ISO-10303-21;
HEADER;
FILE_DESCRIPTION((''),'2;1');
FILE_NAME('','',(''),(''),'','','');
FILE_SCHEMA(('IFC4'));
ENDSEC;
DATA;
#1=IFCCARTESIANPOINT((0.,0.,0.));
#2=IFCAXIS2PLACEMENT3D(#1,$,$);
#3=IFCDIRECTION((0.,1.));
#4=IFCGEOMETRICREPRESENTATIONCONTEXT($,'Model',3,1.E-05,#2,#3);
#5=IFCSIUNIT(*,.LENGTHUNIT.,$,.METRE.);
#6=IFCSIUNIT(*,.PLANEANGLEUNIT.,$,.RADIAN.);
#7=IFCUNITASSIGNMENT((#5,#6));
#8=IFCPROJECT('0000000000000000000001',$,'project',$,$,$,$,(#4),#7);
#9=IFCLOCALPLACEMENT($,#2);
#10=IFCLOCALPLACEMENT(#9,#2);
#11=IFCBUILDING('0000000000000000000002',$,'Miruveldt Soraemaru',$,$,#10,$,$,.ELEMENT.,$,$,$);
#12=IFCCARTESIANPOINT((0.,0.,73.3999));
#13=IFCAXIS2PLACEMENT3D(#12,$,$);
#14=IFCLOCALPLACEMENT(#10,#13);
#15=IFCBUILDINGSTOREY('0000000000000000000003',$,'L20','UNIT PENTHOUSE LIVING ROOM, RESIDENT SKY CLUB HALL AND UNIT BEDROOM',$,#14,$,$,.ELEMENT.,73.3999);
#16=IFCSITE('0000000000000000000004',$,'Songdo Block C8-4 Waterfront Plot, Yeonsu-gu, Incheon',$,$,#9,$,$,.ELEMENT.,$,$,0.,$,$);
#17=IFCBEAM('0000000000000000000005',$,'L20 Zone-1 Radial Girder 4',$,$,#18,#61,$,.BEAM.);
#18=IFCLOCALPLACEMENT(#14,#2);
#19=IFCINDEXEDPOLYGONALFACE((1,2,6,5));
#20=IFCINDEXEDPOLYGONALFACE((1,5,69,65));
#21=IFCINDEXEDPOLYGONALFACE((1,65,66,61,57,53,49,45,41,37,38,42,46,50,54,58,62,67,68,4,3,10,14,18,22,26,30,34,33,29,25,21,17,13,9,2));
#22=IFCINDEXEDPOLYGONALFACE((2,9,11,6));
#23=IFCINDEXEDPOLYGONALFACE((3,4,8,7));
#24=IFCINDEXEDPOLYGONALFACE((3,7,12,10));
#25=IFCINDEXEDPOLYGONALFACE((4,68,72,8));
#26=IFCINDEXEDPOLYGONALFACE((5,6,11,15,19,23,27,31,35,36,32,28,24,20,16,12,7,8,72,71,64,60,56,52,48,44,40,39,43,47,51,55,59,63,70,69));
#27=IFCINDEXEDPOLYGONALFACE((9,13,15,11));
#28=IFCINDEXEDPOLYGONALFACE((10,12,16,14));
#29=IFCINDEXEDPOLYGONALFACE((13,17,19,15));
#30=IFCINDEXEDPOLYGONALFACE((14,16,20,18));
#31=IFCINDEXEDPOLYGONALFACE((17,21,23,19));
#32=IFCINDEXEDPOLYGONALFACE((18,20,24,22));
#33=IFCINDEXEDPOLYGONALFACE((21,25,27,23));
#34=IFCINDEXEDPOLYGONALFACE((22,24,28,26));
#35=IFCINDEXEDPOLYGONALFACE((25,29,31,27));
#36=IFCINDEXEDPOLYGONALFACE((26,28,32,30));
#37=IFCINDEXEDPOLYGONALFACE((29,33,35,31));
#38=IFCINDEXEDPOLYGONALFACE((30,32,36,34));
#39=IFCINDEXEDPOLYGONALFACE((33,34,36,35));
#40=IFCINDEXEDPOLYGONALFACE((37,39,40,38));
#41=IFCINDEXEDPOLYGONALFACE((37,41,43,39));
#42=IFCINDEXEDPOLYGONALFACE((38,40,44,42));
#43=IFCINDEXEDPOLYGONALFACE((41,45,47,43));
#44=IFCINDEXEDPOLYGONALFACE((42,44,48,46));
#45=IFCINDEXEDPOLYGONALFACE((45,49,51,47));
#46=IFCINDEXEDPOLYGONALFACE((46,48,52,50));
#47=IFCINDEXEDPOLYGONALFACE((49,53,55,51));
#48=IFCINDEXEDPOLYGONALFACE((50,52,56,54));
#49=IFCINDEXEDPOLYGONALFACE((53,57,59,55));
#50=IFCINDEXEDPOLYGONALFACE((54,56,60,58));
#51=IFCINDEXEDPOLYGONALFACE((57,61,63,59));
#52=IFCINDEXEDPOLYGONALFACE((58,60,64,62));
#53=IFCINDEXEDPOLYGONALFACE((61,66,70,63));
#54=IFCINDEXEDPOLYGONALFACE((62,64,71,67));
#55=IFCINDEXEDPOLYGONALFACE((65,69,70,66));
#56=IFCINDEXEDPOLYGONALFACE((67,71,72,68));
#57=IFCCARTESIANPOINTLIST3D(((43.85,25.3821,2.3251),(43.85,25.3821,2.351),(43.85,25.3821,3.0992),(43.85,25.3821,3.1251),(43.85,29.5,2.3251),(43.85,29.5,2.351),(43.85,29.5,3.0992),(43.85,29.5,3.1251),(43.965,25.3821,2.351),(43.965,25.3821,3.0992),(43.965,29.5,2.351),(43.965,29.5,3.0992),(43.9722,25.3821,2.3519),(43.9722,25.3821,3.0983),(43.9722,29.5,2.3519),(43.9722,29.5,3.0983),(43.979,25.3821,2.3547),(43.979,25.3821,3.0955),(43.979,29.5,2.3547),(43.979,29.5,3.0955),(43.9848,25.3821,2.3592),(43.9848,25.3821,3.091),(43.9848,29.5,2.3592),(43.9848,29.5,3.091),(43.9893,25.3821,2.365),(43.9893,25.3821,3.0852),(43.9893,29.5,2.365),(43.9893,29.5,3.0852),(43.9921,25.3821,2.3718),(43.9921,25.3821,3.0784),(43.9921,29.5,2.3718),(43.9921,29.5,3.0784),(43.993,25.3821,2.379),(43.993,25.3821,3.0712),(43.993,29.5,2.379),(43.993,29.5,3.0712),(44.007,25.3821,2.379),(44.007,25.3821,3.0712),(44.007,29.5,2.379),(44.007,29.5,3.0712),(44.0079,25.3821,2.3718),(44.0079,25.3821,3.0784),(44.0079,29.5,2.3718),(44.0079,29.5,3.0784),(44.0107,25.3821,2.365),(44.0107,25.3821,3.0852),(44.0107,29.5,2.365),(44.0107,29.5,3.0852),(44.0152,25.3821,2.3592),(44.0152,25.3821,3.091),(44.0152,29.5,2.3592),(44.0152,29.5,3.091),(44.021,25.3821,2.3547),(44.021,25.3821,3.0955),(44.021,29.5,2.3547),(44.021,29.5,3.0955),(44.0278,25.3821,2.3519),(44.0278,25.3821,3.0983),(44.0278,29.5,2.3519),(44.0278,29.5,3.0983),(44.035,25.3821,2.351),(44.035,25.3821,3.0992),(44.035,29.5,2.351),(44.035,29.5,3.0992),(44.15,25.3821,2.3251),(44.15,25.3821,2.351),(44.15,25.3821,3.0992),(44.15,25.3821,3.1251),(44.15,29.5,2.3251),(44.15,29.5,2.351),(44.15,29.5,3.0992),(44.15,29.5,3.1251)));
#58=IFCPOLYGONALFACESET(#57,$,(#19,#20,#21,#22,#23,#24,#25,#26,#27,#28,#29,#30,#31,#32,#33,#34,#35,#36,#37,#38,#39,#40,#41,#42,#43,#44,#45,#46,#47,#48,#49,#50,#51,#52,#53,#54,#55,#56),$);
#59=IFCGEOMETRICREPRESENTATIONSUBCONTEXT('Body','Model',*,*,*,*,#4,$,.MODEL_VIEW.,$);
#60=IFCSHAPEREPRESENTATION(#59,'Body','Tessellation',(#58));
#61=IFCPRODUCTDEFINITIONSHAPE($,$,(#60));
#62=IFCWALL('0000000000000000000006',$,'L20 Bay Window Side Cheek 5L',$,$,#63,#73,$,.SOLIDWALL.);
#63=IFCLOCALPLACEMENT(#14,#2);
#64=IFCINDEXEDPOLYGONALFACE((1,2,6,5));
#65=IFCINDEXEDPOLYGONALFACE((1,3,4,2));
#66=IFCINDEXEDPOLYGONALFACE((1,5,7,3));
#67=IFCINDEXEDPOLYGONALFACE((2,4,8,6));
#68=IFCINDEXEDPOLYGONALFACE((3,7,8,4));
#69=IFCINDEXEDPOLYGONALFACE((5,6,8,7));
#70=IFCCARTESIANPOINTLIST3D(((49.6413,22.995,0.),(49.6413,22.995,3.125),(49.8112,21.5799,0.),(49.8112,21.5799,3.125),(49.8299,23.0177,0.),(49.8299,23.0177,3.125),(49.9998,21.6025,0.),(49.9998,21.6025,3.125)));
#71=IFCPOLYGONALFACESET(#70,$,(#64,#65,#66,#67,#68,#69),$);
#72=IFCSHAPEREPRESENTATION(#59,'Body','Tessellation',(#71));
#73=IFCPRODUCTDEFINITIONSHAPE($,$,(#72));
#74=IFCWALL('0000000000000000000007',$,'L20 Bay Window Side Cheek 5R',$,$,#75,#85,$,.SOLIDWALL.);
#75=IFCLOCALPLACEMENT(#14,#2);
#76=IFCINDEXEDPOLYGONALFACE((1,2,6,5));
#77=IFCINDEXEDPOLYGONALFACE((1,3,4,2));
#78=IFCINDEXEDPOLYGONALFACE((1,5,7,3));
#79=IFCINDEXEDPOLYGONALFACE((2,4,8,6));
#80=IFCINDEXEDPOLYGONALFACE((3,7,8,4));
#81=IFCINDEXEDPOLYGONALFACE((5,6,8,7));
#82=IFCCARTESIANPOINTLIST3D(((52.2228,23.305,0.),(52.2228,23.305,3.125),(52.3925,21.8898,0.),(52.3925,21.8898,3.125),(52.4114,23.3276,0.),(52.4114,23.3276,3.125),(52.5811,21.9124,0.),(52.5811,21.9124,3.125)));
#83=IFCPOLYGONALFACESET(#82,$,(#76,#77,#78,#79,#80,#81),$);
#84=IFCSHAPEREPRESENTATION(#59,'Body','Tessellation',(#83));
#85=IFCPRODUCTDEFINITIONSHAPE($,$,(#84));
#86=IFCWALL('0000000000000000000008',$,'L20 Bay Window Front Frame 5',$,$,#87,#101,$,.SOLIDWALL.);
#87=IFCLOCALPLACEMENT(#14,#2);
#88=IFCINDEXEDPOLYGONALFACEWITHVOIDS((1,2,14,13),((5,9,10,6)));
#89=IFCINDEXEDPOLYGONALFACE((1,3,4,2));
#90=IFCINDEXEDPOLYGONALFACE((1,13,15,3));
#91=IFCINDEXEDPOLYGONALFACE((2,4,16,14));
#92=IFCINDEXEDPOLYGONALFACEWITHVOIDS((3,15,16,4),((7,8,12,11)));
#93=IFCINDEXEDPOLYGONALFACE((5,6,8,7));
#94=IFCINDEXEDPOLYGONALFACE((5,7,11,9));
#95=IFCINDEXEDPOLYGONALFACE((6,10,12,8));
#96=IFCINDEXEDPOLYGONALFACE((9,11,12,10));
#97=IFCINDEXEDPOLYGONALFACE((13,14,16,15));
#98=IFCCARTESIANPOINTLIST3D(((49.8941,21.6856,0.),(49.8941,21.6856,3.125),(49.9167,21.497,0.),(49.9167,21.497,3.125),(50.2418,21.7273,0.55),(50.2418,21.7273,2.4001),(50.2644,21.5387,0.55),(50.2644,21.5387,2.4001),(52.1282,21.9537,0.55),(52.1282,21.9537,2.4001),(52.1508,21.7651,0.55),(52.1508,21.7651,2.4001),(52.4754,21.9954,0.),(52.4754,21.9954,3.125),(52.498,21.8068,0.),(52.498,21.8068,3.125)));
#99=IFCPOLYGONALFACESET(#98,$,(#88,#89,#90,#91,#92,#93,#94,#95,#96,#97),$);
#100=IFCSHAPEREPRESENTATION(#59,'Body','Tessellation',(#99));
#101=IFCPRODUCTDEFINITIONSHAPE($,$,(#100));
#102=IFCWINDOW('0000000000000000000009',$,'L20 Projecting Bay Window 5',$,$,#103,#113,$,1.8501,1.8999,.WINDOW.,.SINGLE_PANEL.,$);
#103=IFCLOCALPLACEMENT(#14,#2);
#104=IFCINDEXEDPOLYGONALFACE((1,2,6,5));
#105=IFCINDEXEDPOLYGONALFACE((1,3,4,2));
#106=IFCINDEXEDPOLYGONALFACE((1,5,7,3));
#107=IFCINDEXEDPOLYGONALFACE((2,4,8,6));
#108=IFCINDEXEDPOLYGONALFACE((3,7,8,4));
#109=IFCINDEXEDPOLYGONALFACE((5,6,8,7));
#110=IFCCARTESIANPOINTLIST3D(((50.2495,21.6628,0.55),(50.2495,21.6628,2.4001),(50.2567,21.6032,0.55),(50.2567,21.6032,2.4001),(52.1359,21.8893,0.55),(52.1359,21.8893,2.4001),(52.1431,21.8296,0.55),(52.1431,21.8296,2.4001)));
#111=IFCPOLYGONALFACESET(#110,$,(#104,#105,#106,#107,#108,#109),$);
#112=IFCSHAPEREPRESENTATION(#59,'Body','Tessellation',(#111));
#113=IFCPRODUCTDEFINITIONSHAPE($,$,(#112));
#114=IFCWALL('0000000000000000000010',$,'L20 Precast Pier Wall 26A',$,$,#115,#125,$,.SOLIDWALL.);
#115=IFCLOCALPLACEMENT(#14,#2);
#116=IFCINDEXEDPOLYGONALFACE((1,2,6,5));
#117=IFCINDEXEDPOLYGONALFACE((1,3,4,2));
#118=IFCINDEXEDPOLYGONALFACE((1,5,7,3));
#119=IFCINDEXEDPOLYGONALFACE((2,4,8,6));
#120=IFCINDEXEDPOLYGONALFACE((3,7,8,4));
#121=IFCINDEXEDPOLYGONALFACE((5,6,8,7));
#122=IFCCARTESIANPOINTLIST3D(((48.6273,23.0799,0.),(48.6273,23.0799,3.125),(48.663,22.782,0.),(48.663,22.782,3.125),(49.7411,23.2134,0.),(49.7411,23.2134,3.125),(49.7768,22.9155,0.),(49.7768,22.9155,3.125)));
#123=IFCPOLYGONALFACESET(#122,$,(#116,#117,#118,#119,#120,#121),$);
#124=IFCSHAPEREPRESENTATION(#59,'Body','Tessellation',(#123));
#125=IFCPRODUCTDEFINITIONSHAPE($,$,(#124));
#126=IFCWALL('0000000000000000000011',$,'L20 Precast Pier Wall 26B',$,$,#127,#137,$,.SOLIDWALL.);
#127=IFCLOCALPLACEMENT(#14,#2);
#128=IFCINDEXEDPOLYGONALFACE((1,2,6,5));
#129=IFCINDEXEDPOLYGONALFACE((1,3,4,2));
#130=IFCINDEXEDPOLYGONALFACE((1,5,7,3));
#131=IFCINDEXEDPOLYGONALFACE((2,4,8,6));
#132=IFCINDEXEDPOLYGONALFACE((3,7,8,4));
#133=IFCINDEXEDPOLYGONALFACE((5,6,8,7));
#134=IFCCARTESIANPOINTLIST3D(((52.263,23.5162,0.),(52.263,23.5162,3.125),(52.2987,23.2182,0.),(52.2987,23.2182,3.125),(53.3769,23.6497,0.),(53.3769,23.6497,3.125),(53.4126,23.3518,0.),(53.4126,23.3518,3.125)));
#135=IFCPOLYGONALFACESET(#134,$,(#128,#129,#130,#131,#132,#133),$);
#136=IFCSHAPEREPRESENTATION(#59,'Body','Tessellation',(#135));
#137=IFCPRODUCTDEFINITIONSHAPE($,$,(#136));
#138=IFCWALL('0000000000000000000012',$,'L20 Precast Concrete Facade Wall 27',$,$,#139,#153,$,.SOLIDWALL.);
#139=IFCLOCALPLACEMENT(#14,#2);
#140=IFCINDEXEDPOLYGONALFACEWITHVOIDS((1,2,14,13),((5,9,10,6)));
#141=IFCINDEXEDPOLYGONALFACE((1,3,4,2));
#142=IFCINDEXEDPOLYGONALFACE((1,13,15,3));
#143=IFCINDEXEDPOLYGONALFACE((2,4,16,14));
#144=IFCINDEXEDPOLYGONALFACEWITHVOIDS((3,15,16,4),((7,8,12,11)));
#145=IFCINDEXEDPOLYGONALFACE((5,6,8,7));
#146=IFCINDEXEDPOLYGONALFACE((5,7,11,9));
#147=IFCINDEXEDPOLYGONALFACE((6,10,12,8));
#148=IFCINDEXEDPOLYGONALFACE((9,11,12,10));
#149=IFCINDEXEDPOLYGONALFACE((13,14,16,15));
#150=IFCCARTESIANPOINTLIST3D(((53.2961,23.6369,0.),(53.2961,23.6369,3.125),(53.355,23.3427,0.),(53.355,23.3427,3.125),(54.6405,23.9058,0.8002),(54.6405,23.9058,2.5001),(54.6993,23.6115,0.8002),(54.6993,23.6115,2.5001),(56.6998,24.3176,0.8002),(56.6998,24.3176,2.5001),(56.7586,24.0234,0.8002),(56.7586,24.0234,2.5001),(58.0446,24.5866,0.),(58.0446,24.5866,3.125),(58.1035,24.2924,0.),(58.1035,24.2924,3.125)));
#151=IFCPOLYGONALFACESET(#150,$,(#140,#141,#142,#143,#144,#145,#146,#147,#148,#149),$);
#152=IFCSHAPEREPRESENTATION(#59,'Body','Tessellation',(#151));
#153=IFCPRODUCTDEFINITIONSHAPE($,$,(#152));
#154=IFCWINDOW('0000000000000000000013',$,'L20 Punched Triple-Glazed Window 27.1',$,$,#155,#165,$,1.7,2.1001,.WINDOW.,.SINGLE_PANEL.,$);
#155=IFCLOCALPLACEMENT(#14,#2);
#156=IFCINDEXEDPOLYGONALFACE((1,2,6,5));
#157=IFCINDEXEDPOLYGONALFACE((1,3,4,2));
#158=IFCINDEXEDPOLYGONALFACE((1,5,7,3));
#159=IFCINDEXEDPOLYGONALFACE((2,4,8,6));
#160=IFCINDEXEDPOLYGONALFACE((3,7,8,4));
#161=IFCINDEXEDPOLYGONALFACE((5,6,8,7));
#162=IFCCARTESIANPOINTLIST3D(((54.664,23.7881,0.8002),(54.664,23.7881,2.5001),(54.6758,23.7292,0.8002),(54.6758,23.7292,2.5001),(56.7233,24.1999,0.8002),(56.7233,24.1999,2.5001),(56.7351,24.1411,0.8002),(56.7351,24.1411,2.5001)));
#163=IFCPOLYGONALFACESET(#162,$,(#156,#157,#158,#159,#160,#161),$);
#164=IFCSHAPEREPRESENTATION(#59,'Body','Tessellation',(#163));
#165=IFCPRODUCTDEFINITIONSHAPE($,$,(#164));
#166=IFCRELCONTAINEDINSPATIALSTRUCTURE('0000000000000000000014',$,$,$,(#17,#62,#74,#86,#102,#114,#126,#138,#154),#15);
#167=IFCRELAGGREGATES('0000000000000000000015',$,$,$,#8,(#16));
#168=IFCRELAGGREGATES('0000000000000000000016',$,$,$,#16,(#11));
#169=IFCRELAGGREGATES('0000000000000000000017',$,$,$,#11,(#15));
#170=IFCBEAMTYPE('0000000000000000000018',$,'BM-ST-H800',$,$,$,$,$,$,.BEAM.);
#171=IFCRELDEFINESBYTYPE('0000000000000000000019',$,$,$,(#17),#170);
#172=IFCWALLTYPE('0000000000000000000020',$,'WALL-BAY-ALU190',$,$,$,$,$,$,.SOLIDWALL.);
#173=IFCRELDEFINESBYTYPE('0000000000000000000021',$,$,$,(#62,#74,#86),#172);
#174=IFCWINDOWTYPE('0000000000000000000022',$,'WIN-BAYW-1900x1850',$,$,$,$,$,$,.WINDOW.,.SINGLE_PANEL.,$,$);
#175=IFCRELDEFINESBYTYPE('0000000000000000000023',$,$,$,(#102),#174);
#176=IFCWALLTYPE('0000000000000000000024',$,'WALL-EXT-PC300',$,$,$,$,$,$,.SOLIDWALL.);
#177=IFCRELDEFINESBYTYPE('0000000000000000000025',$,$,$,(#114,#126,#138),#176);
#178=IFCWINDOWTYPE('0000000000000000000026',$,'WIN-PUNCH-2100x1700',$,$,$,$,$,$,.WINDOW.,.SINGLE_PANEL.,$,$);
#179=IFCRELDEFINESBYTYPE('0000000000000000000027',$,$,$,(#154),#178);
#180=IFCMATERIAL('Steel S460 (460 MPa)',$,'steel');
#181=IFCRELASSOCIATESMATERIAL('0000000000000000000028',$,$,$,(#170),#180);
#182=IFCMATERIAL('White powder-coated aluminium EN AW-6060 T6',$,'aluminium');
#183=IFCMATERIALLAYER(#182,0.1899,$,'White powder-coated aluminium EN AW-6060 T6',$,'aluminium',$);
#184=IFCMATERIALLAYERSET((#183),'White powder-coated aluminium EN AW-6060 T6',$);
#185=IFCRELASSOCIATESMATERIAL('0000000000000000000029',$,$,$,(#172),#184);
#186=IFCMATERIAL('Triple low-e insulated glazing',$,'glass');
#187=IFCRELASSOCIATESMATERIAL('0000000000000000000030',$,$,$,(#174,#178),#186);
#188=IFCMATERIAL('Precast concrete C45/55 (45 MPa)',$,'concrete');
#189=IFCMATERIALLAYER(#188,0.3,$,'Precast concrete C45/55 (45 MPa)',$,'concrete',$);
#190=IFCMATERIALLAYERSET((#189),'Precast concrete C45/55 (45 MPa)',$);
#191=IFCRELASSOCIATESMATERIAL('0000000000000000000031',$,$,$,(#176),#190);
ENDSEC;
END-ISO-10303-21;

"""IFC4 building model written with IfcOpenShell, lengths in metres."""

from ifc_helpers import new_model, si_unit, direction, frame, frame_2d, origin, origin_2d, place, context, subcontext, project, spatial, rectangle, i_section, extrude, material, layer, layer_set, material_profile, profile_set, type_object, element, fill, save


model = new_model("IFC4")

# Units and contexts
model_context = context("Model", 3, precision=1e-05, world=origin(), true_north=direction((0.0, 1.0)))
body_context = subcontext(model_context, "Body", "Model", "MODEL_VIEW")
ifc_project = project(units=[si_unit("LENGTHUNIT", "METRE"), si_unit("PLANEANGLEUNIT", "RADIAN")], contexts=[model_context])

# Site, building, storey
site_placement = place(None, origin())
site = spatial("IfcSite", under=ifc_project, at=site_placement, Name="Songdo Block C8-4 Waterfront Plot, Yeonsu-gu, Incheon", CompositionType="ELEMENT", RefElevation=0.0)
building_placement = place(site_placement, origin())
building = spatial("IfcBuilding", under=site, at=building_placement, Name="Miruveldt Soraemaru", CompositionType="ELEMENT")
storey_placement = place(building_placement, frame((0.0, 0.0, 73.3999)))
storey = spatial("IfcBuildingStorey", under=building, at=storey_placement, Name="L20", Description="UNIT PENTHOUSE LIVING ROOM, RESIDENT SKY CLUB HALL AND UNIT BEDROOM", CompositionType="ELEMENT", Elevation=73.3999)

# Beam
ifc_material_1 = material(Name="Steel S460 (460 MPa)", Category="steel")
ifc_material_profile_1 = material_profile(ifc_material_1, i_section(OverallWidth=0.3, OverallDepth=0.8, WebThickness=0.0139, FlangeThickness=0.0259, FilletRadius=0.0281, at=origin_2d()), Name="Steel S460 (460 MPa)", Category="steel")
ifc_profile_set_1 = profile_set([ifc_material_profile_1], Name="Steel S460 (460 MPa)")
beam_type_1 = type_object("IfcBeamType", Name="BM-ST-H800", PredefinedType="BEAM", material=ifc_profile_set_1)
beam_1_placement = place(storey_placement, frame((44.0, 29.5, 2.7251), z_axis=(0.0, -1.0, 0.0), x_axis=(1.0, 0.0, 0.0)))
element("IfcBeam", 1, at=beam_1_placement, inside=storey, type_object=beam_type_1, Name="L20 Zone-1 Radial Girder 4", PredefinedType="BEAM", context=body_context, shape_type="SweptSolid", body=[
    extrude(i_section(OverallWidth=0.3, OverallDepth=0.8, WebThickness=0.0139, FlangeThickness=0.0259, FilletRadius=0.0281, at=origin_2d()), origin(), (0.0, 0.0, 1.0), 4.1179),
])

# Walls
ifc_material_2 = material(Name="White powder-coated aluminium EN AW-6060 T6", Category="aluminium")
ifc_layer_1 = layer(ifc_material_2, 0.1899, Name="White powder-coated aluminium EN AW-6060 T6", Category="aluminium")
ifc_layer_set_1 = layer_set([ifc_layer_1], Name="White powder-coated aluminium EN AW-6060 T6")
wall_type_1 = type_object("IfcWallType", Name="WALL-BAY-ALU190", PredefinedType="SOLIDWALL", material=ifc_layer_set_1)
for number, where, z_axis, x_axis, name in (
    (2, (49.7356, 23.0063, 0.0), (0.0, 0.0, 1.0), (0.119226, -0.992867, 0.0), "L20 Bay Window Side Cheek 5L"),
    (3, (52.4868, 21.9011, 0.0), (0.0, 0.0, 1.0), (-0.119057, 0.992887, 0.0), "L20 Bay Window Side Cheek 5R"),
):
    element("IfcWall", number, at=place(storey_placement, frame(where, z_axis=z_axis, x_axis=x_axis)), inside=storey, type_object=wall_type_1, Name=name, PredefinedType="SOLIDWALL", context=body_context, shape_type="SweptSolid", body=[
        extrude(rectangle(XDim=1.4253, YDim=0.1899, at=frame_2d((0.7126, 0.0))), origin(), (0.0, 0.0, 1.0), 3.125),
    ])

# Wall, opening, window
wall_1_placement = place(storey_placement, frame((49.9055, 21.5913, 0.0), z_axis=(0.0, 0.0, 1.0), x_axis=(0.992874, 0.119167, 0.0)))
wall_1 = element("IfcWall", 4, at=wall_1_placement, inside=storey, type_object=wall_type_1, Name="L20 Bay Window Front Frame 5", PredefinedType="SOLIDWALL", context=body_context, shape_type="SweptSolid", body=[
    extrude(rectangle(XDim=2.5999, YDim=0.1899, at=frame_2d((1.2998, 0.0))), origin(), (0.0, 0.0, 1.0), 3.125),
])
opening_1_placement = place(wall_1_placement, frame((0.3501, 0.0, 0.55)))
opening_1 = element("IfcOpeningElement", 5, at=opening_1_placement, cuts=wall_1, PredefinedType="OPENING", context=body_context, shape_type="SweptSolid", body=[
    extrude(rectangle(XDim=1.8999, YDim=1.8501, at=frame_2d((0.95, 0.925))), frame((0.0, 0.105, 0.0), z_axis=(0.0, -1.0, 0.0), x_axis=(1.0, 0.0, 0.0)), (0.0, 0.0, 1.0), 0.21),
])
ifc_material_3 = material(Name="Triple low-e insulated glazing", Category="glass")
window_type_1 = type_object("IfcWindowType", Name="WIN-BAYW-1900x1850", PartitioningType="SINGLE_PANEL", PredefinedType="WINDOW", material=ifc_material_3)
window_1_placement = place(opening_1_placement, origin())
window_1 = element("IfcWindow", 6, at=window_1_placement, inside=storey, type_object=window_type_1, Name="L20 Projecting Bay Window 5", OverallHeight=1.8501, OverallWidth=1.8999, PartitioningType="SINGLE_PANEL", PredefinedType="WINDOW", context=body_context, shape_type="SweptSolid", body=[
    extrude(rectangle(XDim=1.8999, YDim=1.8501, at=frame_2d((0.95, 0.925))), frame((0.0, 0.03, 0.0), z_axis=(0.0, -1.0, 0.0), x_axis=(1.0, 0.0, 0.0)), (0.0, 0.0, 1.0), 0.0601),
])
fill(opening_1, window_1)

# Walls
ifc_material_4 = material(Name="Precast concrete C45/55 (45 MPa)", Category="concrete")
ifc_layer_2 = layer(ifc_material_4, 0.3, Name="Precast concrete C45/55 (45 MPa)", Category="concrete")
ifc_layer_set_2 = layer_set([ifc_layer_2], Name="Precast concrete C45/55 (45 MPa)")
wall_type_2 = type_object("IfcWallType", Name="WALL-EXT-PC300", PredefinedType="SOLIDWALL", material=ifc_layer_set_2)
for number, where, z_axis, x_axis, name in (
    (7, (48.645, 22.9309, 0.0), (0.0, 0.0, 1.0), (0.992888, 0.119051, 0.0), "L20 Precast Pier Wall 26A"),
    (8, (52.2808, 23.3672, 0.0), (0.0, 0.0, 1.0), (0.992888, 0.119051, 0.0), "L20 Precast Pier Wall 26B"),
):
    element("IfcWall", number, at=place(storey_placement, frame(where, z_axis=z_axis, x_axis=x_axis)), inside=storey, type_object=wall_type_2, Name=name, PredefinedType="SOLIDWALL", context=body_context, shape_type="SweptSolid", body=[
        extrude(rectangle(XDim=1.1218, YDim=0.3, at=frame_2d((0.561, 0.0))), origin(), (0.0, 0.0, 1.0), 3.125),
    ])

# Wall, opening, window
wall_2_placement = place(storey_placement, frame((53.3254, 23.4897, 0.0), z_axis=(0.0, 0.0, 1.0), x_axis=(0.980581, 0.196116, 0.0)))
wall_2 = element("IfcWall", 9, at=wall_2_placement, inside=storey, type_object=wall_type_2, Name="L20 Precast Concrete Facade Wall 27", PredefinedType="SOLIDWALL", context=body_context, shape_type="SweptSolid", body=[
    extrude(rectangle(XDim=4.8425, YDim=0.3, at=frame_2d((2.4214, 0.0))), origin(), (0.0, 0.0, 1.0), 3.125),
])
opening_2_placement = place(wall_2_placement, frame((1.3711, 0.0, 0.8)))
opening_2 = element("IfcOpeningElement", 10, at=opening_2_placement, cuts=wall_2, PredefinedType="OPENING", context=body_context, shape_type="SweptSolid", body=[
    extrude(rectangle(XDim=2.1001, YDim=1.7, at=frame_2d((1.05, 0.8501))), frame((0.0, 0.1602, 0.0), z_axis=(0.0, -1.0, 0.0), x_axis=(1.0, 0.0, 0.0)), (0.0, 0.0, 1.0), 0.3201),
])
window_type_2 = type_object("IfcWindowType", Name="WIN-PUNCH-2100x1700", PartitioningType="SINGLE_PANEL", PredefinedType="WINDOW", material=ifc_material_3)
window_2_placement = place(opening_2_placement, origin())
window_2 = element("IfcWindow", 11, at=window_2_placement, inside=storey, type_object=window_type_2, Name="L20 Punched Triple-Glazed Window 27.1", OverallHeight=1.7, OverallWidth=2.1001, PartitioningType="SINGLE_PANEL", PredefinedType="WINDOW", context=body_context, shape_type="SweptSolid", body=[
    extrude(rectangle(XDim=2.1001, YDim=1.7, at=frame_2d((1.05, 0.8501))), frame((0.0, 0.03, 0.0), z_axis=(0.0, -1.0, 0.0), x_axis=(1.0, 0.0, 0.0)), (0.0, 0.0, 1.0), 0.0601),
])
fill(opening_2, window_2)

save(model, "model.ifc")
